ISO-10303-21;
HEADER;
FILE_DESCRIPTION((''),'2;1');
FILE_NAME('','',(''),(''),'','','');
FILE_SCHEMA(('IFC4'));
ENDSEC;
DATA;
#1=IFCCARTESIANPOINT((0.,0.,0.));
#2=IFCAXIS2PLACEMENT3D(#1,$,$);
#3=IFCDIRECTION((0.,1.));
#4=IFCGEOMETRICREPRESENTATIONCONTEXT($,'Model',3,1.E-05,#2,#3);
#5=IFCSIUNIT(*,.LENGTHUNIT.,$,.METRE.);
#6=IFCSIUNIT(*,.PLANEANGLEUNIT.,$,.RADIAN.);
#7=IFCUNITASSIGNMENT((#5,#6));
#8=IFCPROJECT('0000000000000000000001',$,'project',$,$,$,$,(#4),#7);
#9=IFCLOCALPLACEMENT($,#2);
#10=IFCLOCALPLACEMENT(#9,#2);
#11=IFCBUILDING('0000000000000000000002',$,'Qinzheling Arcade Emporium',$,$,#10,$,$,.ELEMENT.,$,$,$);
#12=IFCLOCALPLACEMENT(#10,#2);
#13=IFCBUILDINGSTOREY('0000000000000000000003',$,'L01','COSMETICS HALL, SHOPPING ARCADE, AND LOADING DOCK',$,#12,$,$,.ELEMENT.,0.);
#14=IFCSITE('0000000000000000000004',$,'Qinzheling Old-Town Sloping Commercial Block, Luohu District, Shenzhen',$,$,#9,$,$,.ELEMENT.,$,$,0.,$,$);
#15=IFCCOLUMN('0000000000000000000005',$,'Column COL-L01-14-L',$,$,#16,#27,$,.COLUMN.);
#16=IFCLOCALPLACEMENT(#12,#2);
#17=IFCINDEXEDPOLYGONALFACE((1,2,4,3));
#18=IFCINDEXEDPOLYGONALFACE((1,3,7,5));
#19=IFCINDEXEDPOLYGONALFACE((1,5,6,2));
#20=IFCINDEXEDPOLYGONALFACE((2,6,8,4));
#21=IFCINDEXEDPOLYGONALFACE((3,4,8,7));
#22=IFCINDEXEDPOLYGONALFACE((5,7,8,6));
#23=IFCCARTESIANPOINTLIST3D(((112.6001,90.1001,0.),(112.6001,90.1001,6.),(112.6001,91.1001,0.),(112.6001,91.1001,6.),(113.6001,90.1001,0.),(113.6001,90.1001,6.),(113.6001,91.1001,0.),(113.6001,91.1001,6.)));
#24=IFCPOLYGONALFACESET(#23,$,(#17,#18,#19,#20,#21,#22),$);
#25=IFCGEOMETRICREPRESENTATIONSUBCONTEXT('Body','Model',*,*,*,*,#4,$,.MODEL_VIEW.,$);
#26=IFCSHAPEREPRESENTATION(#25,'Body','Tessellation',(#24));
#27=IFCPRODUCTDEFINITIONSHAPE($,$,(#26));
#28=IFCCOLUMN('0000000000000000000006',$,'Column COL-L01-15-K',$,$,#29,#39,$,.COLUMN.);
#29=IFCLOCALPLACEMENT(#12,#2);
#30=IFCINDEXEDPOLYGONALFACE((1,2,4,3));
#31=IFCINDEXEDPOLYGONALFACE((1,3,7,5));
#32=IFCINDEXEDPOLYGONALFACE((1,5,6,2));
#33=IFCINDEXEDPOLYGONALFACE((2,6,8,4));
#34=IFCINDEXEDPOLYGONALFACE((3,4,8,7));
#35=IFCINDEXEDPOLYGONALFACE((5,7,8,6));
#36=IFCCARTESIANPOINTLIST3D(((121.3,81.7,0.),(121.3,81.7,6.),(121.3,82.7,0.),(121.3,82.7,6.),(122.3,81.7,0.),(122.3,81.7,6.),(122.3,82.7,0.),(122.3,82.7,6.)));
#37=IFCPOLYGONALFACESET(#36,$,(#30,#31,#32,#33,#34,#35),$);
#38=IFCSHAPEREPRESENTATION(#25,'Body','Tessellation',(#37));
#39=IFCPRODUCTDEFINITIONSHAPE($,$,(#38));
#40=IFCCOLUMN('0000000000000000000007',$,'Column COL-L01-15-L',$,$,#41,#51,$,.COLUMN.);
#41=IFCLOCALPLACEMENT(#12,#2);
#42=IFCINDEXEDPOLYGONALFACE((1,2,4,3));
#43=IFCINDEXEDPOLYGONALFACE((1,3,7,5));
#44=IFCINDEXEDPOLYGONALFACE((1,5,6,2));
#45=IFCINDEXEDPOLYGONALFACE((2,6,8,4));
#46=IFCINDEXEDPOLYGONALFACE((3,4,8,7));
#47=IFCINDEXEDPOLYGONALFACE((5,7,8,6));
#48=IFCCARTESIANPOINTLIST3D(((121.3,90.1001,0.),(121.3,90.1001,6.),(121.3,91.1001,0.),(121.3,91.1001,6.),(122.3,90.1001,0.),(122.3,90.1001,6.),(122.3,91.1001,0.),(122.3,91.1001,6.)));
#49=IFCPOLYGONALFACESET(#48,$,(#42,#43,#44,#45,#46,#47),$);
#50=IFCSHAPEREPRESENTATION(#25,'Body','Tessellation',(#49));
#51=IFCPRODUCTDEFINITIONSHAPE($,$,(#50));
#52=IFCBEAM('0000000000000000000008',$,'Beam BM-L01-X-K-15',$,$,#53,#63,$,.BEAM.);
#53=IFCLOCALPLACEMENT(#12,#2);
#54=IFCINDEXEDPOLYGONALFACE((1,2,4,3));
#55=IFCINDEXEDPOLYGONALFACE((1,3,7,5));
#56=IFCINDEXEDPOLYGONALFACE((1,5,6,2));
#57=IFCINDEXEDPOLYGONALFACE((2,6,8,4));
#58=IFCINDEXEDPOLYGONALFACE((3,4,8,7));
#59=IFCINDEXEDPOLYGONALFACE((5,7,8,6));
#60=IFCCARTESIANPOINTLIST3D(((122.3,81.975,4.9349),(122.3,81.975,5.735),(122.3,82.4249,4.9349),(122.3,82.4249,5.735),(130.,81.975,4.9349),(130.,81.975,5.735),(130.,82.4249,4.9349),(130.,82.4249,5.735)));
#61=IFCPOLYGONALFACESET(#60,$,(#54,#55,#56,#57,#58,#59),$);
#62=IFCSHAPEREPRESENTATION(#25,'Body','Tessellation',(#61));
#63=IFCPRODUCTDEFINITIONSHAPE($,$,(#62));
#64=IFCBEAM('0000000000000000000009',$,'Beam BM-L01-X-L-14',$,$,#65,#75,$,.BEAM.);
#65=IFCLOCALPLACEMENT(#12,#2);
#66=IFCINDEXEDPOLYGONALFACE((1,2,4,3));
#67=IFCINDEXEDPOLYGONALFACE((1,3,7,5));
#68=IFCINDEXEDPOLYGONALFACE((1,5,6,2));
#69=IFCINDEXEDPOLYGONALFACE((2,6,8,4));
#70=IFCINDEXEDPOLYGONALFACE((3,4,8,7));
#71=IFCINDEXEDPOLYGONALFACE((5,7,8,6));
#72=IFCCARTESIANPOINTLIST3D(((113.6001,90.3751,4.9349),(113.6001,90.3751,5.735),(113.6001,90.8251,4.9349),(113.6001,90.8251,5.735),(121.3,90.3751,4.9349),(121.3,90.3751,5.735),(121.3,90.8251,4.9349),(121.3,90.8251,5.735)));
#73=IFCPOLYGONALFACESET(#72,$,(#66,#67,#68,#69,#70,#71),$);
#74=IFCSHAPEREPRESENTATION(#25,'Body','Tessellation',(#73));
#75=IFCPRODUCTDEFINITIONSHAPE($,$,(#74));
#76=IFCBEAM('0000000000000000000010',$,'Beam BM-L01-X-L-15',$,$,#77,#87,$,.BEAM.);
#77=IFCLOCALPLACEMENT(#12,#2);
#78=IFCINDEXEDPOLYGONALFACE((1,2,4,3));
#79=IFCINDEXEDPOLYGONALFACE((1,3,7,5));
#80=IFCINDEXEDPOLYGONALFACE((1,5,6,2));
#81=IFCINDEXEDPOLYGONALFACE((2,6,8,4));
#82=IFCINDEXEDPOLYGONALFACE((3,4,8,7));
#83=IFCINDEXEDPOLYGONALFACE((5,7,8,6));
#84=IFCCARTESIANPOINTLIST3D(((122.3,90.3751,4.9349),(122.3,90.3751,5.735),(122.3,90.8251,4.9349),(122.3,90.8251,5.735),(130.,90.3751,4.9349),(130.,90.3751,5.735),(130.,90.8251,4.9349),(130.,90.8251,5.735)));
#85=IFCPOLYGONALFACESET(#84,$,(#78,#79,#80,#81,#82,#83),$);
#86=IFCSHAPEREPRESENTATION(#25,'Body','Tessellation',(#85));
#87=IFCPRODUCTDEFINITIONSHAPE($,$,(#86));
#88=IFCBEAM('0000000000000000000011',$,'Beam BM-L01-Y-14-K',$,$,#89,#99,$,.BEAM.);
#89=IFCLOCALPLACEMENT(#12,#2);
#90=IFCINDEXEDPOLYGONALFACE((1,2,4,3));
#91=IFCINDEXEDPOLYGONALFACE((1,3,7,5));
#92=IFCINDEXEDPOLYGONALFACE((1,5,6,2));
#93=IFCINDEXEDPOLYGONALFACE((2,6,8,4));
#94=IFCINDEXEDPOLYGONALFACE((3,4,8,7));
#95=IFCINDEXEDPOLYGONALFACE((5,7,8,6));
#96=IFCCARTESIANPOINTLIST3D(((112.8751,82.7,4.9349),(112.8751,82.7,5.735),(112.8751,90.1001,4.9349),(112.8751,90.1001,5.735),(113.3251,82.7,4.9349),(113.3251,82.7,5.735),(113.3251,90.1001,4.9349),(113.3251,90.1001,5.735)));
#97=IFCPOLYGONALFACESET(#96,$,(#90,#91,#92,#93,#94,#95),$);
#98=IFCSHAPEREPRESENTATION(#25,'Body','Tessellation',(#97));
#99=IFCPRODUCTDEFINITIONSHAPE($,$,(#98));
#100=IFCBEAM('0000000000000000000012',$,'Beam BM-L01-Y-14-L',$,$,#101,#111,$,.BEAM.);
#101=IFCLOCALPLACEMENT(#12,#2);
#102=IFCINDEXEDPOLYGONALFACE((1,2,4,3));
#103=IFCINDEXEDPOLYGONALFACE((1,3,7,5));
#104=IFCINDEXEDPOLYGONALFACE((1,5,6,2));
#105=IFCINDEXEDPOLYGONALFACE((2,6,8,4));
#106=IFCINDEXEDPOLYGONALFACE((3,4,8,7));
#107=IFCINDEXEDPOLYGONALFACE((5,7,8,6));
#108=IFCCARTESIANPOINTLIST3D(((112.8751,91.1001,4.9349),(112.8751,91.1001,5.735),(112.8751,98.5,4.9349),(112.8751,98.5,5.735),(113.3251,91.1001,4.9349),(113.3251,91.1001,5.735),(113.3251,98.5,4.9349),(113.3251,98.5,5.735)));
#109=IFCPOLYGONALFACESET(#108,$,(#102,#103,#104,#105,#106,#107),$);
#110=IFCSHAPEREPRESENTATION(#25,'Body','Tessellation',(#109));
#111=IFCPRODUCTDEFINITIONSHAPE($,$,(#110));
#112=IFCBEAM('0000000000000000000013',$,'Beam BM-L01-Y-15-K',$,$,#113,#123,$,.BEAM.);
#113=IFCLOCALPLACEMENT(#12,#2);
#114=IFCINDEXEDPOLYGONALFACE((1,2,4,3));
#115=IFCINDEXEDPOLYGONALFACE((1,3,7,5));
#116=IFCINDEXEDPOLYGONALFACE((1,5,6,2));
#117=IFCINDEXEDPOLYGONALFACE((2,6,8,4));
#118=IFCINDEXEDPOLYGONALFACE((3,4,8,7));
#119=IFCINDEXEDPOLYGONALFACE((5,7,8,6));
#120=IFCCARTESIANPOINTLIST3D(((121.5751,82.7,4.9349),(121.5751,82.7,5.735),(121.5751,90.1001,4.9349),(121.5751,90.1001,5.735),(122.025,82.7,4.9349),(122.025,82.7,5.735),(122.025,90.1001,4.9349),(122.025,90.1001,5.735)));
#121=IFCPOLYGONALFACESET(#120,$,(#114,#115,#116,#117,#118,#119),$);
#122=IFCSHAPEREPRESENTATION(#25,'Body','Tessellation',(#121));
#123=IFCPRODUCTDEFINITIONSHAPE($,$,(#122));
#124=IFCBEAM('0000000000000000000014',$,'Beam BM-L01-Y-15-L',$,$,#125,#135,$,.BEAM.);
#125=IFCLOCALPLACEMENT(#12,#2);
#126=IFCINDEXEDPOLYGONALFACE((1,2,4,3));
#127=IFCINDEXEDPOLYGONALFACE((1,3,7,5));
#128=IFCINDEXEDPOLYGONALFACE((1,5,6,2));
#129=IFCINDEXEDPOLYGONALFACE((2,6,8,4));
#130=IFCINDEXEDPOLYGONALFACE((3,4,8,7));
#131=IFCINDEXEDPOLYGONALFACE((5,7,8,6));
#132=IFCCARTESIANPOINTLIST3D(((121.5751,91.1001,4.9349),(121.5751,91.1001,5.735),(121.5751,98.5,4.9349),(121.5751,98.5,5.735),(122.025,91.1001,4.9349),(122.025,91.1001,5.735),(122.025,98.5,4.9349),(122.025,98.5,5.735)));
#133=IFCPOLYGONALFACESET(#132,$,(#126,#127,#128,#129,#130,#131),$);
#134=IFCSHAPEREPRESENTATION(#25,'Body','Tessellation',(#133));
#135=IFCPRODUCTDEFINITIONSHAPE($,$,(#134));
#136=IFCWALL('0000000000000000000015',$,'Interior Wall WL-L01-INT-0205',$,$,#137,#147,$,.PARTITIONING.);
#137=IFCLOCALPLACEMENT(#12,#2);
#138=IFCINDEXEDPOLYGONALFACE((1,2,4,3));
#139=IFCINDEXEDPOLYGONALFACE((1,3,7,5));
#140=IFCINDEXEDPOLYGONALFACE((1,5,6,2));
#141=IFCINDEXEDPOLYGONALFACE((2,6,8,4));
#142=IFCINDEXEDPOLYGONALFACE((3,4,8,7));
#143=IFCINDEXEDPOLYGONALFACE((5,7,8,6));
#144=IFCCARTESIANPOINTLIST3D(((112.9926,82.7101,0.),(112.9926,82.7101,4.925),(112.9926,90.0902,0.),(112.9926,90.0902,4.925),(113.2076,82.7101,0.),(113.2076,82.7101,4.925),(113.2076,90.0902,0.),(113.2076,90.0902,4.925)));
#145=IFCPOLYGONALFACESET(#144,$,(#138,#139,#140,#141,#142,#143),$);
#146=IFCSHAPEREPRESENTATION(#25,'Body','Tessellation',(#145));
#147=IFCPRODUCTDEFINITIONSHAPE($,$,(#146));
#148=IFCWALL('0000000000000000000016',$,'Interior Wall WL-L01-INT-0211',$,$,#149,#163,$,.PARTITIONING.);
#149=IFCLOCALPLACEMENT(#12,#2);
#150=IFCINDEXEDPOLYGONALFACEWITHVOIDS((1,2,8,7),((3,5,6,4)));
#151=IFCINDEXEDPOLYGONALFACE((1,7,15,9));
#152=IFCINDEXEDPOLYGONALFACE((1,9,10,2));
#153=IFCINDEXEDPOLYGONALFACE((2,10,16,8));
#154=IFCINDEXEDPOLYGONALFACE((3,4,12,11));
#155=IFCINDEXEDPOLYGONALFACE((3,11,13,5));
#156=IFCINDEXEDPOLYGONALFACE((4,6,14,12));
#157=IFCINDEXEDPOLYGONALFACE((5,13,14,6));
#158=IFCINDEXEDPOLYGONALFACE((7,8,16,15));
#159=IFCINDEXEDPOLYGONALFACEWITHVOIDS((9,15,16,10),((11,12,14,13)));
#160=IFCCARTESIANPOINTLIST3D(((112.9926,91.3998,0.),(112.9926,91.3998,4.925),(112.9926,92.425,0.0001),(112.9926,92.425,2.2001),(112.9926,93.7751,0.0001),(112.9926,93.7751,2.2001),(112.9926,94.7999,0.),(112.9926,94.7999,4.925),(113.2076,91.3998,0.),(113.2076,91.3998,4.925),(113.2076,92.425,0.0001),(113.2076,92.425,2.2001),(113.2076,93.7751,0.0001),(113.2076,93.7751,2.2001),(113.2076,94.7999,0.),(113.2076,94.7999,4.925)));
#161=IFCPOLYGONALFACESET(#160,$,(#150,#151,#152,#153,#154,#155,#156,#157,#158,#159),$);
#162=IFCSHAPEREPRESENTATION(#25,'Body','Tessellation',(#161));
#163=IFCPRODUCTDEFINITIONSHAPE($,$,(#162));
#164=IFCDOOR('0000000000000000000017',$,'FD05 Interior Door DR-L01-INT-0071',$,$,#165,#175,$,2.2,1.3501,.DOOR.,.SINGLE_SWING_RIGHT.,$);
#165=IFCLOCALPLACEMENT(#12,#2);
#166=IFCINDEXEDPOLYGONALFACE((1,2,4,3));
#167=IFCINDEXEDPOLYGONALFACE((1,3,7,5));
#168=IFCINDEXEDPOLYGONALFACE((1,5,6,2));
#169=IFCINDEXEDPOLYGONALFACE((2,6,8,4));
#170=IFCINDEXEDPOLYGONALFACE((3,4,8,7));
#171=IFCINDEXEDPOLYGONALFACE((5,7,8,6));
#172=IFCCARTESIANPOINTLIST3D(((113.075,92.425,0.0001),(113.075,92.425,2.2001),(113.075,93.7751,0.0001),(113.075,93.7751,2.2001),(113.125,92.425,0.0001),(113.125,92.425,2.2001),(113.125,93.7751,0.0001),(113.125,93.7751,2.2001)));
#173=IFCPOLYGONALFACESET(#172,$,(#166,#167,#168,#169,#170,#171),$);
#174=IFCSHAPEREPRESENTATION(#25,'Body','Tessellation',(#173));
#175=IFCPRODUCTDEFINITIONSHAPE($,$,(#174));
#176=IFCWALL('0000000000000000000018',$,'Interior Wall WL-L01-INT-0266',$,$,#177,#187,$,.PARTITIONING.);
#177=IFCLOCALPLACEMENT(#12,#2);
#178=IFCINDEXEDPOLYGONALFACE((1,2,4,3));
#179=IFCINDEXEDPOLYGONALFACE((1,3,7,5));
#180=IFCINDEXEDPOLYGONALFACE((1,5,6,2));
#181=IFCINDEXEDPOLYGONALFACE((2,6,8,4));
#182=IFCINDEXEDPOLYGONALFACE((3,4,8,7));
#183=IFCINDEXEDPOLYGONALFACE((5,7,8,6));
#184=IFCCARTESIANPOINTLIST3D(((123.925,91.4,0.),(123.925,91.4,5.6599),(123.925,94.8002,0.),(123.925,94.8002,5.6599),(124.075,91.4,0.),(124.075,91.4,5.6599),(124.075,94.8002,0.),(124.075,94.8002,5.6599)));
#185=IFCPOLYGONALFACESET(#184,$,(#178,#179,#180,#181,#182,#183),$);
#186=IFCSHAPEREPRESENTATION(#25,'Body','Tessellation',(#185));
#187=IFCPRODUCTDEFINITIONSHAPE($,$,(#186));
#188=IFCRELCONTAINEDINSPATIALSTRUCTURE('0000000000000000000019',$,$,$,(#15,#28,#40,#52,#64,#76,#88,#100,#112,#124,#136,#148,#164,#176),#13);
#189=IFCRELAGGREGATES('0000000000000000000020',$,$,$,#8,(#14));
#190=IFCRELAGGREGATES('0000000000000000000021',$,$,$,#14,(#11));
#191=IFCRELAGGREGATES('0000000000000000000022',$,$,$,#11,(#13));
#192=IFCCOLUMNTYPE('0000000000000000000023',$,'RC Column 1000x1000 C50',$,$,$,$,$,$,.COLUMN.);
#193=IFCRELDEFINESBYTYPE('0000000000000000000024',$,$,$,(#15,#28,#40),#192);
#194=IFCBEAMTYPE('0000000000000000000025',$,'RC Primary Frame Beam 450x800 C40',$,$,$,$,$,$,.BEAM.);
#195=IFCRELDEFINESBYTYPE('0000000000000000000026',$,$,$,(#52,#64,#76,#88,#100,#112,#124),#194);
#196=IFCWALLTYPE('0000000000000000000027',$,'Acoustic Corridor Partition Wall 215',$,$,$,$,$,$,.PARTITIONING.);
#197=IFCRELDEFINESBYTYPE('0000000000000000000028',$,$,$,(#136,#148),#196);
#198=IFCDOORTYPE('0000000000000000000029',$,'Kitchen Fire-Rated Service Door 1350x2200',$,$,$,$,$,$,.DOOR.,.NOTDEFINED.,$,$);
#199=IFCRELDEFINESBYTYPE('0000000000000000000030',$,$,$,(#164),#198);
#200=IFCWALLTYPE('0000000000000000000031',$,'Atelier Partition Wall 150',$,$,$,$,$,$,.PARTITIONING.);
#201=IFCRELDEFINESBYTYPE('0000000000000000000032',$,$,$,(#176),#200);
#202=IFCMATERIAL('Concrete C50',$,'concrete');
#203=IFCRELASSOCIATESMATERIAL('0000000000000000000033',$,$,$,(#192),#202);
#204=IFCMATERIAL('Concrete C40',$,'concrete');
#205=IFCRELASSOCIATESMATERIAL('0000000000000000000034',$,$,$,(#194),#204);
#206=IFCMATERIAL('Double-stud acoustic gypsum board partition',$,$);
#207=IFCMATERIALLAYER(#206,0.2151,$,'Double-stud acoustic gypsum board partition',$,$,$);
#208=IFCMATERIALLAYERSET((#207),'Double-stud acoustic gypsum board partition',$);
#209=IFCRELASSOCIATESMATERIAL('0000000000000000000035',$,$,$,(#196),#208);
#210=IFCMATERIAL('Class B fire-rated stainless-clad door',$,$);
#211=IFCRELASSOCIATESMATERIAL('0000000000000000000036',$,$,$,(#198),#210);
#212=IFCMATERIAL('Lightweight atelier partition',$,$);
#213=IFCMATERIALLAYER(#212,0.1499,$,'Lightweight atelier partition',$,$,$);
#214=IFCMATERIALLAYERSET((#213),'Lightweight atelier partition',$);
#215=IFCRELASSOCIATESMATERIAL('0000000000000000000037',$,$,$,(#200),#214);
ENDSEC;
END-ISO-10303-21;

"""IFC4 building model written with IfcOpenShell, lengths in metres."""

from ifc_helpers import new_model, si_unit, direction, frame, frame_2d, origin, origin_2d, place, context, subcontext, project, spatial, rectangle, extrude, material, layer, layer_set, material_profile, profile_set, type_object, element, fill, save


model = new_model("IFC4")

# Units and contexts
model_context = context("Model", 3, precision=1e-05, world=origin(), true_north=direction((0.0, 1.0)))
body_context = subcontext(model_context, "Body", "Model", "MODEL_VIEW")
ifc_project = project(units=[si_unit("LENGTHUNIT", "METRE"), si_unit("PLANEANGLEUNIT", "RADIAN")], contexts=[model_context])

# Site, building, storey
site_placement = place(None, origin())
site = spatial("IfcSite", under=ifc_project, at=site_placement, Name="Qinzheling Old-Town Sloping Commercial Block, Luohu District, Shenzhen", CompositionType="ELEMENT", RefElevation=0.0)
building_placement = place(site_placement, origin())
building = spatial("IfcBuilding", under=site, at=building_placement, Name="Qinzheling Arcade Emporium", CompositionType="ELEMENT")
storey_placement = place(building_placement, origin())
storey = spatial("IfcBuildingStorey", under=building, at=storey_placement, Name="L01", Description="COSMETICS HALL, SHOPPING ARCADE, AND LOADING DOCK", CompositionType="ELEMENT", Elevation=0.0)

# Columns
ifc_material_1 = material(Name="Concrete C50", Category="concrete")
ifc_material_profile_1 = material_profile(ifc_material_1, rectangle(XDim=1.0, YDim=1.0, at=origin_2d()), Name="RC 1000x1000", Category="concrete")
ifc_profile_set_1 = profile_set([ifc_material_profile_1], Name="Concrete C50")
column_type = type_object("IfcColumnType", Name="RC Column 1000x1000 C50", PredefinedType="COLUMN", material=ifc_profile_set_1)
for number, where, z_axis, x_axis, name in (
    (1, (113.1001, 90.6001, 0.0), (0.0, 0.0, 1.0), (1.0, 0.0, 0.0), "Column COL-L01-14-L"),
    (2, (121.8, 82.2, 0.0), (0.0, 0.0, 1.0), (1.0, 0.0, 0.0), "Column COL-L01-15-K"),
    (3, (121.8, 90.6001, 0.0), (0.0, 0.0, 1.0), (1.0, 0.0, 0.0), "Column COL-L01-15-L"),
):
    element("IfcColumn", number, at=place(storey_placement, frame(where, z_axis=z_axis, x_axis=x_axis)), inside=storey, type_object=column_type, Name=name, PredefinedType="COLUMN", context=body_context, shape_type="SweptSolid", body=[
        extrude(rectangle(XDim=1.0, YDim=1.0, at=origin_2d()), origin(), (0.0, 0.0, 1.0), 6.0),
    ])

# Beams
ifc_material_2 = material(Name="Concrete C40", Category="concrete")
ifc_material_profile_2 = material_profile(ifc_material_2, rectangle(XDim=0.45, YDim=0.8, at=origin_2d()), Name="RC 450x800", Category="concrete")
ifc_profile_set_2 = profile_set([ifc_material_profile_2], Name="Concrete C40")
beam_type = type_object("IfcBeamType", Name="RC Primary Frame Beam 450x800 C40", PredefinedType="BEAM", material=ifc_profile_set_2)
for number, where, z_axis, x_axis, name in (
    (4, (122.3, 82.2, 5.335), (1.0, 0.0, 0.0), (0.0, 1.0, 0.0), "Beam BM-L01-X-K-15"),
    (5, (113.6001, 90.6001, 5.335), (1.0, 0.0, 0.0), (0.0, 1.0, 0.0), "Beam BM-L01-X-L-14"),
    (6, (122.3, 90.6001, 5.335), (1.0, 0.0, 0.0), (0.0, 1.0, 0.0), "Beam BM-L01-X-L-15"),
):
    element("IfcBeam", number, at=place(storey_placement, frame(where, z_axis=z_axis, x_axis=x_axis)), inside=storey, type_object=beam_type, Name=name, PredefinedType="BEAM", context=body_context, shape_type="SweptSolid", body=[
        extrude(rectangle(XDim=0.45, YDim=0.8, at=origin_2d()), origin(), (0.0, 0.0, 1.0), 7.7),
    ])
beam_1_placement = place(storey_placement, frame((113.1001, 82.7, 5.335), z_axis=(0.0, 1.0, 0.0), x_axis=(-1.0, 0.0, 0.0)))
element("IfcBeam", 7, at=beam_1_placement, inside=storey, type_object=beam_type, Name="Beam BM-L01-Y-14-K", PredefinedType="BEAM", context=body_context, shape_type="SweptSolid", body=[
    extrude(rectangle(XDim=0.45, YDim=0.8, at=origin_2d()), origin(), (0.0, 0.0, 1.0), 7.4001),
])
beam_2_placement = place(storey_placement, frame((113.1001, 91.1001, 5.335), z_axis=(0.0, 1.0, 0.0), x_axis=(-1.0, 0.0, 0.0)))
element("IfcBeam", 8, at=beam_2_placement, inside=storey, type_object=beam_type, Name="Beam BM-L01-Y-14-L", PredefinedType="BEAM", context=body_context, shape_type="SweptSolid", body=[
    extrude(rectangle(XDim=0.45, YDim=0.8, at=origin_2d()), origin(), (0.0, 0.0, 1.0), 7.3999),
])
beam_3_placement = place(storey_placement, frame((121.8, 82.7, 5.335), z_axis=(0.0, 1.0, 0.0), x_axis=(-1.0, 0.0, 0.0)))
element("IfcBeam", 9, at=beam_3_placement, inside=storey, type_object=beam_type, Name="Beam BM-L01-Y-15-K", PredefinedType="BEAM", context=body_context, shape_type="SweptSolid", body=[
    extrude(rectangle(XDim=0.45, YDim=0.8, at=origin_2d()), origin(), (0.0, 0.0, 1.0), 7.4001),
])
beam_4_placement = place(storey_placement, frame((121.8, 91.1001, 5.335), z_axis=(0.0, 1.0, 0.0), x_axis=(-1.0, 0.0, 0.0)))
element("IfcBeam", 10, at=beam_4_placement, inside=storey, type_object=beam_type, Name="Beam BM-L01-Y-15-L", PredefinedType="BEAM", context=body_context, shape_type="SweptSolid", body=[
    extrude(rectangle(XDim=0.45, YDim=0.8, at=origin_2d()), origin(), (0.0, 0.0, 1.0), 7.3999),
])

# Wall
ifc_material_3 = material(Name="Double-stud acoustic gypsum board partition")
ifc_layer_1 = layer(ifc_material_3, 0.2151, Name="Double-stud acoustic gypsum board partition")
ifc_layer_set_1 = layer_set([ifc_layer_1], Name="Double-stud acoustic gypsum board partition")
wall_type_1 = type_object("IfcWallType", Name="Acoustic Corridor Partition Wall 215", PredefinedType="PARTITIONING", material=ifc_layer_set_1)
wall_1_placement = place(storey_placement, frame((113.1001, 90.0901, 0.0), z_axis=(0.0, 0.0, 1.0), x_axis=(0.0, -1.0, 0.0)))
element("IfcWall", 11, at=wall_1_placement, inside=storey, type_object=wall_type_1, Name="Interior Wall WL-L01-INT-0205", PredefinedType="PARTITIONING", context=body_context, shape_type="SweptSolid", body=[
    extrude(rectangle(XDim=7.3801, YDim=0.2151, at=frame_2d((3.6899, 0.0))), origin(), (0.0, 0.0, 1.0), 4.925),
])

# Wall, opening, door
wall_2_placement = place(storey_placement, frame((113.1001, 94.8, 0.0), z_axis=(0.0, 0.0, 1.0), x_axis=(0.0, -1.0, 0.0)))
wall_2 = element("IfcWall", 12, at=wall_2_placement, inside=storey, type_object=wall_type_1, Name="Interior Wall WL-L01-INT-0211", PredefinedType="PARTITIONING", context=body_context, shape_type="SweptSolid", body=[
    extrude(rectangle(XDim=3.4001, YDim=0.2151, at=frame_2d((1.7002, 0.0))), origin(), (0.0, 0.0, 1.0), 4.925),
])
opening_placement = place(wall_2_placement, frame((1.0249, 0.0, 0.0)))
opening = element("IfcOpeningElement", 13, at=opening_placement, cuts=wall_2, PredefinedType="OPENING", context=body_context, shape_type="SweptSolid", body=[
    extrude(rectangle(XDim=1.3501, YDim=2.2, at=frame_2d((0.675, 1.1001))), frame((0.0, 0.1177, 0.0), z_axis=(0.0, -1.0, 0.0), x_axis=(1.0, 0.0, 0.0)), (0.0, 0.0, 1.0), 0.2351),
])
ifc_material_4 = material(Name="Class B fire-rated stainless-clad door")
door_type = type_object("IfcDoorType", Name="Kitchen Fire-Rated Service Door 1350x2200", OperationType="NOTDEFINED", PredefinedType="DOOR", material=ifc_material_4)
door_placement = place(opening_placement, origin())
door = element("IfcDoor", 14, at=door_placement, inside=storey, type_object=door_type, Name="FD05 Interior Door DR-L01-INT-0071", OperationType="SINGLE_SWING_RIGHT", OverallHeight=2.2, OverallWidth=1.3501, PredefinedType="DOOR", context=body_context, shape_type="SweptSolid", body=[
    extrude(rectangle(XDim=1.3501, YDim=2.2, at=frame_2d((0.675, 1.1001))), frame((0.0, 0.0249, 0.0), z_axis=(0.0, -1.0, 0.0), x_axis=(1.0, 0.0, 0.0)), (0.0, 0.0, 1.0), 0.05),
])
fill(opening, door)

# Wall
ifc_material_5 = material(Name="Lightweight atelier partition")
ifc_layer_2 = layer(ifc_material_5, 0.1499, Name="Lightweight atelier partition")
ifc_layer_set_2 = layer_set([ifc_layer_2], Name="Lightweight atelier partition")
wall_type_2 = type_object("IfcWallType", Name="Atelier Partition Wall 150", PredefinedType="PARTITIONING", material=ifc_layer_set_2)
wall_3_placement = place(storey_placement, frame((124.0, 91.3999, 0.0), z_axis=(0.0, 0.0, 1.0), x_axis=(0.0, 1.0, 0.0)))
element("IfcWall", 15, at=wall_3_placement, inside=storey, type_object=wall_type_2, Name="Interior Wall WL-L01-INT-0266", PredefinedType="PARTITIONING", context=body_context, shape_type="SweptSolid", body=[
    extrude(rectangle(XDim=3.4001, YDim=0.1499, at=frame_2d((1.7002, 0.0))), origin(), (0.0, 0.0, 1.0), 5.6599),
])

save(model, "model.ifc")
